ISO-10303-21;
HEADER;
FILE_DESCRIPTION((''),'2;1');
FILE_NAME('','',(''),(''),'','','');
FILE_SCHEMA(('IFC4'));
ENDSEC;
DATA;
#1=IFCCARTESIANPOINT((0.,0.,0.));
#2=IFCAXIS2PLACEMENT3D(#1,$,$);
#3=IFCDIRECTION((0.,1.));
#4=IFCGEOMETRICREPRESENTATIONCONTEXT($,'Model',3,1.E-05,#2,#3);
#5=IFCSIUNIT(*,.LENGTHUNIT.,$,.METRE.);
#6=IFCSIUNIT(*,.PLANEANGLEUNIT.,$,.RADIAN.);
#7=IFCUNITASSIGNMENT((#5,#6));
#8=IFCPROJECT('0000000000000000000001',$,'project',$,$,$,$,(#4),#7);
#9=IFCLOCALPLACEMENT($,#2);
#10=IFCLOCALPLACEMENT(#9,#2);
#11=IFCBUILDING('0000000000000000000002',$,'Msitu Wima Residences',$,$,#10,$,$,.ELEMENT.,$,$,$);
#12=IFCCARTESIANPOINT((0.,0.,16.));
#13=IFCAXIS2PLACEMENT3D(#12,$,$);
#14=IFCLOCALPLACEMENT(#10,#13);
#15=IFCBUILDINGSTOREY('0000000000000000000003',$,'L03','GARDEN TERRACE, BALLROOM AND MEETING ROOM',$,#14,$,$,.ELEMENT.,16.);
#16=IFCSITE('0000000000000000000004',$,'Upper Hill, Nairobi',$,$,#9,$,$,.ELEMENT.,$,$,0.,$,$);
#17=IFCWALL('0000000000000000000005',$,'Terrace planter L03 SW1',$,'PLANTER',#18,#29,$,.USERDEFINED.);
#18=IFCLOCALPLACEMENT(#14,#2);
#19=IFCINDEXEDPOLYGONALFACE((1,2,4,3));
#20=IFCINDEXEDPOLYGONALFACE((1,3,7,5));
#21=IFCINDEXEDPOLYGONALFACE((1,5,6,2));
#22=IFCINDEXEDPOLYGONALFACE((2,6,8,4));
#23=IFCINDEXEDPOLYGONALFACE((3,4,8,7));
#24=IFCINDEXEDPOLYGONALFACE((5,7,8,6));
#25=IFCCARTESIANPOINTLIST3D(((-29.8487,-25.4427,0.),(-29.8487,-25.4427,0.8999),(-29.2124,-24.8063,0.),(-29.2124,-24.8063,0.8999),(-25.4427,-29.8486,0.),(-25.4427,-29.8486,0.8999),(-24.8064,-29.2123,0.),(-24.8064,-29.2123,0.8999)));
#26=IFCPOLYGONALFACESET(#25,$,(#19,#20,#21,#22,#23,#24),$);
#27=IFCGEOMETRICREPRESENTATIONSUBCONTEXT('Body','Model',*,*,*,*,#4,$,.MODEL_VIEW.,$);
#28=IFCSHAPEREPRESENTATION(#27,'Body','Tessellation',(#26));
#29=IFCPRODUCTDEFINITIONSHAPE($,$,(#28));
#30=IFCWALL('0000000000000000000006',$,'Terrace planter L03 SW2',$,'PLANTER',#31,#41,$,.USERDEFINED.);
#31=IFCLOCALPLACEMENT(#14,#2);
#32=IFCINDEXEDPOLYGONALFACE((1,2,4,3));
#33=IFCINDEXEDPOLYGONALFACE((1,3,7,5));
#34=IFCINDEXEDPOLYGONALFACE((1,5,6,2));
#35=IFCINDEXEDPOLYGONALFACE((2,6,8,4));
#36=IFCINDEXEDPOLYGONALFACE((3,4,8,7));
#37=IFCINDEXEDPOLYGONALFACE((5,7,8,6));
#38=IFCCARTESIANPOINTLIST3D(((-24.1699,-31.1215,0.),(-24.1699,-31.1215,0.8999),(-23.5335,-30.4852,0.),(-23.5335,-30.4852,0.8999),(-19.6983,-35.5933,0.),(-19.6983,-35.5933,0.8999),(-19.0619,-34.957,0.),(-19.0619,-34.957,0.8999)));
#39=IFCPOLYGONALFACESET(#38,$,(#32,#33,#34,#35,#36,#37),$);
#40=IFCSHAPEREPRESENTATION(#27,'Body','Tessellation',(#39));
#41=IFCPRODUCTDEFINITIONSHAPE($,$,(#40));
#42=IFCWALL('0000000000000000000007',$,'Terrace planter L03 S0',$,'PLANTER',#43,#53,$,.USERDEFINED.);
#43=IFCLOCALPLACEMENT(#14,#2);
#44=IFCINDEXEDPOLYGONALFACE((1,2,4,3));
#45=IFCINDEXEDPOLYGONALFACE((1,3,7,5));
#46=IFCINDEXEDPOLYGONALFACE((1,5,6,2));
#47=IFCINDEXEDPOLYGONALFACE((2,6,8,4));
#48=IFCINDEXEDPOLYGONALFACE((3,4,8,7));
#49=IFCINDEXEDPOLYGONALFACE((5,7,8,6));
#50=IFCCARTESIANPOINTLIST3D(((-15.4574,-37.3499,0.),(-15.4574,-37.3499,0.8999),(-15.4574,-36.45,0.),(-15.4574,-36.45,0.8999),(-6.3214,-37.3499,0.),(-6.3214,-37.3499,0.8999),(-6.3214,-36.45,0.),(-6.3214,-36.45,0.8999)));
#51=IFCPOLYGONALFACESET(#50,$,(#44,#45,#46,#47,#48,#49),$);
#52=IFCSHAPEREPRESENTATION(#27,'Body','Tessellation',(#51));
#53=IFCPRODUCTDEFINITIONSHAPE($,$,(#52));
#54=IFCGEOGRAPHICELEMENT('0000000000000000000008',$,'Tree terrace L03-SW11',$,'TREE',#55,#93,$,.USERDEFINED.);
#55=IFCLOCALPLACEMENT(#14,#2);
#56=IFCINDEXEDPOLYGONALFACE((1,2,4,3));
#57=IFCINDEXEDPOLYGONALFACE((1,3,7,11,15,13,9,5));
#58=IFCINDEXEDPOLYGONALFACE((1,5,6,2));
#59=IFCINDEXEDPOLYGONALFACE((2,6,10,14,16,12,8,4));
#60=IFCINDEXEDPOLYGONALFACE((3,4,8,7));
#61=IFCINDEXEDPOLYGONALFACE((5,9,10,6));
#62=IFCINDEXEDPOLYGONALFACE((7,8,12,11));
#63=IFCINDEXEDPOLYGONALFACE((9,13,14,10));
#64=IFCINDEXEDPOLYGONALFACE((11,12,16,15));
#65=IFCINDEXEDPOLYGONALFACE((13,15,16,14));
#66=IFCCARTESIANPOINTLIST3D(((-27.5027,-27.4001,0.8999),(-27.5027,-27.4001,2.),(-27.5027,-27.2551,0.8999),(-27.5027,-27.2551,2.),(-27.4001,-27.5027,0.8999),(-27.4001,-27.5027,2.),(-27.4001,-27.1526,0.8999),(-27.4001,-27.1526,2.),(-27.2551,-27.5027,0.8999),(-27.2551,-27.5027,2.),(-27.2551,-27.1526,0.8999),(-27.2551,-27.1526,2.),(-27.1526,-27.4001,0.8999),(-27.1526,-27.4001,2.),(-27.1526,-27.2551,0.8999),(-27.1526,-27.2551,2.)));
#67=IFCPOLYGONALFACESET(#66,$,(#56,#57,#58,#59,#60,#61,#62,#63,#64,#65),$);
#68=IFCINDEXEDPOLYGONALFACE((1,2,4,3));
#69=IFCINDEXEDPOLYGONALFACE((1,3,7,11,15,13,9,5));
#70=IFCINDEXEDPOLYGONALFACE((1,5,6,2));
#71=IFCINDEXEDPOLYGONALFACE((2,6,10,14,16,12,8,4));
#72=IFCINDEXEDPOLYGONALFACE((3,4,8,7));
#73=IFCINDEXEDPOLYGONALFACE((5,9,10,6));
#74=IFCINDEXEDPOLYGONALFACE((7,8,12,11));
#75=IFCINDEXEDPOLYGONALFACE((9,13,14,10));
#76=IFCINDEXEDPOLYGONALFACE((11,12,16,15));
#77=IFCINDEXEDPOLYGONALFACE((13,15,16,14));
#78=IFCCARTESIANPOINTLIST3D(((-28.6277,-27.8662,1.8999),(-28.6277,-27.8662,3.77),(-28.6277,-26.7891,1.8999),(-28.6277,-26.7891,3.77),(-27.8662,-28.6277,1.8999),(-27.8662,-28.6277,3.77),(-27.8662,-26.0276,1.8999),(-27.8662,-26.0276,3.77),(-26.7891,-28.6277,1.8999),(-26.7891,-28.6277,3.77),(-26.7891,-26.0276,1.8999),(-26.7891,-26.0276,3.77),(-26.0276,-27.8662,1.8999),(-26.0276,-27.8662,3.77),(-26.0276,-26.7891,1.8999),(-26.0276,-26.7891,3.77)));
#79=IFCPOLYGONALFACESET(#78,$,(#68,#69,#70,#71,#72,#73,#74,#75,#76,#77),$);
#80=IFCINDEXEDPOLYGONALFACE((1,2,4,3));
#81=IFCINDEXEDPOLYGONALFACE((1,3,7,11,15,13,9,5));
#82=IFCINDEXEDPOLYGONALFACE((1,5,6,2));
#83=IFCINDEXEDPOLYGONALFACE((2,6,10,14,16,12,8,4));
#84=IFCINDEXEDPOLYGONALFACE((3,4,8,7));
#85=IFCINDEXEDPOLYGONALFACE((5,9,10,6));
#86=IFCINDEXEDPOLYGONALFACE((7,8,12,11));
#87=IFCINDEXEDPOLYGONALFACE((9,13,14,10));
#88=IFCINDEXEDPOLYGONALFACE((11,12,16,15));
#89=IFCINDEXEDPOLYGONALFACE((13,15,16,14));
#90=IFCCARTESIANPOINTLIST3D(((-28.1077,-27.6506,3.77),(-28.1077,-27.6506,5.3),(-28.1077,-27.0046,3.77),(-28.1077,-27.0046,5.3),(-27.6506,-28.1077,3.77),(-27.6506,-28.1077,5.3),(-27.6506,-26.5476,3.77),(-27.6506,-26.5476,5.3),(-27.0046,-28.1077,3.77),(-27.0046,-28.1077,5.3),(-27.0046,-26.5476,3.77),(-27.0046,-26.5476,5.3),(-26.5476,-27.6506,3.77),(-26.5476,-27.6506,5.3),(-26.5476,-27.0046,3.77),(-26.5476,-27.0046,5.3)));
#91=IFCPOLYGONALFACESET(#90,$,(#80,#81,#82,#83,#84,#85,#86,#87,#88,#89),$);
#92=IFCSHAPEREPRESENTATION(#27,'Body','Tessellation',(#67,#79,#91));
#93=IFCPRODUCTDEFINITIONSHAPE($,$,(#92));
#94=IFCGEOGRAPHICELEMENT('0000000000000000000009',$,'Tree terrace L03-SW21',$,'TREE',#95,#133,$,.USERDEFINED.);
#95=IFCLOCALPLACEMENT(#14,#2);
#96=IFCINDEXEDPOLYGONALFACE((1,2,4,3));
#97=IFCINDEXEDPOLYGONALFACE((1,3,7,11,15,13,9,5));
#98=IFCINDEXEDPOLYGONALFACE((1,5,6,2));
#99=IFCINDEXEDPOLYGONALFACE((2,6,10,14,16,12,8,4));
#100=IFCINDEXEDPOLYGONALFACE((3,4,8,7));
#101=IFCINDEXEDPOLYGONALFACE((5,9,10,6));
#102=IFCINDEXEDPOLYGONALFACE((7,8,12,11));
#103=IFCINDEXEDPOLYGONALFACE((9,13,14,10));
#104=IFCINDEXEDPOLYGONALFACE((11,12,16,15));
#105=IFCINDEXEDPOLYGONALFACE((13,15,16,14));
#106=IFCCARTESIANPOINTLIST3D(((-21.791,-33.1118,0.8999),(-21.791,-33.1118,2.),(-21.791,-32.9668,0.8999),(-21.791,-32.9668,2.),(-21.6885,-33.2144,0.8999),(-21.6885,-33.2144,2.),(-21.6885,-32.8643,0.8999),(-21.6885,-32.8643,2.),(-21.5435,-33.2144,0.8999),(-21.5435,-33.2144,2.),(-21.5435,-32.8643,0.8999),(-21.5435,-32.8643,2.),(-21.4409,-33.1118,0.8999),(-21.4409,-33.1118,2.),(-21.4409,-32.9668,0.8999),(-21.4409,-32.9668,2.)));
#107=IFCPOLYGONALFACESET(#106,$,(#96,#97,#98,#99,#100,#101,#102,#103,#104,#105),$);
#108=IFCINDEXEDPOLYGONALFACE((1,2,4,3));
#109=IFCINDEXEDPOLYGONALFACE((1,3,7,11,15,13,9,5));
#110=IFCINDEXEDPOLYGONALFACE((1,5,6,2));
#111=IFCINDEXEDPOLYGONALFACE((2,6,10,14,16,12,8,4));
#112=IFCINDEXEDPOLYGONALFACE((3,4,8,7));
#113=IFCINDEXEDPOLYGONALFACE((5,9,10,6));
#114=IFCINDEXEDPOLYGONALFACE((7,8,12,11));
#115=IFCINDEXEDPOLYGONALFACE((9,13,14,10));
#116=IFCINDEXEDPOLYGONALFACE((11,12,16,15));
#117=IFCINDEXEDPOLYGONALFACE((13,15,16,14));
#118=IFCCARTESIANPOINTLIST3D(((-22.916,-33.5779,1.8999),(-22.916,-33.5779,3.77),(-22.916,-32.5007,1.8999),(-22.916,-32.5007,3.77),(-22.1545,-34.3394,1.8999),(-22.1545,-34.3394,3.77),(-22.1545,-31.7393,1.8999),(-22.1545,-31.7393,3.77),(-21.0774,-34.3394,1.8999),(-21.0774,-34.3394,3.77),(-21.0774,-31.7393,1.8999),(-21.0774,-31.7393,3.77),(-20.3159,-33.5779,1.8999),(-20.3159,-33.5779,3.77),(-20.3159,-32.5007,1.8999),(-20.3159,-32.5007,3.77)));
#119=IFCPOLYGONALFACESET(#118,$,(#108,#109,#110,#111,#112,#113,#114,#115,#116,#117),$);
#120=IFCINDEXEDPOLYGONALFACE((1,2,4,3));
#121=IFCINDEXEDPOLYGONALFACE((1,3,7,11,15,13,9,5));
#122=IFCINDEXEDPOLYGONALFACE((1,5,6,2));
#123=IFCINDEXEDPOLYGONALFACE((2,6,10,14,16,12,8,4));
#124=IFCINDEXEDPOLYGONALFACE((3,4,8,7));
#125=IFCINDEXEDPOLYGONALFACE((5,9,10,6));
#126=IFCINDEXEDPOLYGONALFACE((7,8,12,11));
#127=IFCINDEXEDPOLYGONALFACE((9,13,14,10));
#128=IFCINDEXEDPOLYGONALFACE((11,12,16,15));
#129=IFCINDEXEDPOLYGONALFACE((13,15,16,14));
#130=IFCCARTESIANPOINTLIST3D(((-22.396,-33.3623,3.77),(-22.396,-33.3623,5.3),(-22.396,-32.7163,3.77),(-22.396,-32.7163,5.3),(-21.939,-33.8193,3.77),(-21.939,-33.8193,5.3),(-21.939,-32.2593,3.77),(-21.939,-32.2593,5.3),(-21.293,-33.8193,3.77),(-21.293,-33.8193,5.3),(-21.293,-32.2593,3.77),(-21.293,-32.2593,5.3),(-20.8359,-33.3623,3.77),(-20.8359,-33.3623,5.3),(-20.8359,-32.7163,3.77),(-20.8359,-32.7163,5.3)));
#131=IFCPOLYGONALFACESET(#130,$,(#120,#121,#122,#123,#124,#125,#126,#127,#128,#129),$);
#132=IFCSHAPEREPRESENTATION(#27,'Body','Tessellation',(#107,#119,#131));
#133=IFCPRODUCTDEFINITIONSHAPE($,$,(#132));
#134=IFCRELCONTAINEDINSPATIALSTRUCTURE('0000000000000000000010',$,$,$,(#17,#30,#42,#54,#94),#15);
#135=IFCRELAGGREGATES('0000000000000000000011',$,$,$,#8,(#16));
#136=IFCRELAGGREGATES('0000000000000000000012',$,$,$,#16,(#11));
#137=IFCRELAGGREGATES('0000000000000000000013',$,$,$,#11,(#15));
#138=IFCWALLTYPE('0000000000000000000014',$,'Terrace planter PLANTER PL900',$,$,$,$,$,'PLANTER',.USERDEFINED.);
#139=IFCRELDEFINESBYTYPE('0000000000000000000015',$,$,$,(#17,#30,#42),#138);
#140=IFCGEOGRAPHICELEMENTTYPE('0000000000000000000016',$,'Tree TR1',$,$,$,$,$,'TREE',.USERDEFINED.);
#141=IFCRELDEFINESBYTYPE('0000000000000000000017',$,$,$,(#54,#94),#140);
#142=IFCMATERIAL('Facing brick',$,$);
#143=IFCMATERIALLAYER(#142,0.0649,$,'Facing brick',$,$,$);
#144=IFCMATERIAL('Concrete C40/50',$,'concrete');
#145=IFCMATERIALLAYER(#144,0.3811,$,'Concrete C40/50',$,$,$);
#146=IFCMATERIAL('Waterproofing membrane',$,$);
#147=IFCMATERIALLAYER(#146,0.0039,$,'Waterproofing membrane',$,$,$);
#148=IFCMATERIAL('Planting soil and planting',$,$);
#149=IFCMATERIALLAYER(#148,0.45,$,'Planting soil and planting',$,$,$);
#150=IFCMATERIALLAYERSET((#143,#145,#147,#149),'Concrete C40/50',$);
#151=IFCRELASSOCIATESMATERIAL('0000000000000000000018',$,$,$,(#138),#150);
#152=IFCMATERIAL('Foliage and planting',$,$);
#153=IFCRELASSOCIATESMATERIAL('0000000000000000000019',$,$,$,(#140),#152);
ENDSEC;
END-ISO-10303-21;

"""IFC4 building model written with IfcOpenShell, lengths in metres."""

from ifc_helpers import new_model, si_unit, direction, frame, frame_2d, origin, place, context, subcontext, project, spatial, polyline, rectangle, outline, extrude, material, layer, layer_set, type_object, element, save


model = new_model("IFC4")

# Units and contexts
model_context = context("Model", 3, precision=1e-05, world=origin(), true_north=direction((0.0, 1.0)))
body_context = subcontext(model_context, "Body", "Model", "MODEL_VIEW")
ifc_project = project(units=[si_unit("LENGTHUNIT", "METRE"), si_unit("PLANEANGLEUNIT", "RADIAN")], contexts=[model_context])

# Site, building, storey
site_placement = place(None, origin())
site = spatial("IfcSite", under=ifc_project, at=site_placement, Name="Upper Hill, Nairobi", CompositionType="ELEMENT", RefElevation=0.0)
building_placement = place(site_placement, origin())
building = spatial("IfcBuilding", under=site, at=building_placement, Name="Msitu Wima Residences", CompositionType="ELEMENT")
storey_placement = place(building_placement, frame((0.0, 0.0, 16.0)))
storey = spatial("IfcBuildingStorey", under=building, at=storey_placement, Name="L03", Description="GARDEN TERRACE, BALLROOM AND MEETING ROOM", CompositionType="ELEMENT", Elevation=16.0)

# Walls
ifc_material_1 = material(Name="Facing brick")
ifc_layer_1 = layer(ifc_material_1, 0.0649, Name="Facing brick")
ifc_material_2 = material(Name="Concrete C40/50", Category="concrete")
ifc_layer_2 = layer(ifc_material_2, 0.3811, Name="Concrete C40/50")
ifc_material_3 = material(Name="Waterproofing membrane")
ifc_layer_3 = layer(ifc_material_3, 0.0039, Name="Waterproofing membrane")
ifc_material_4 = material(Name="Planting soil and planting")
ifc_layer_4 = layer(ifc_material_4, 0.45, Name="Planting soil and planting")
ifc_layer_set_1 = layer_set([ifc_layer_1, ifc_layer_2, ifc_layer_3, ifc_layer_4], Name="Concrete C40/50")
wall_type_1 = type_object("IfcWallType", Name="Terrace planter PLANTER PL900", ElementType="PLANTER", PredefinedType="USERDEFINED", material=ifc_layer_set_1)
wall_1_placement = place(storey_placement, frame((-29.5305, -25.1245, 0.0), z_axis=(0.0, 0.0, 1.0), x_axis=(0.707107, -0.707107, 0.0)))
element("IfcWall", 1, at=wall_1_placement, inside=storey, type_object=wall_type_1, Name="Terrace planter L03 SW1", ObjectType="PLANTER", PredefinedType="USERDEFINED", context=body_context, shape_type="SweptSolid", body=[
    extrude(rectangle(XDim=6.231, YDim=0.8999, at=frame_2d((3.1155, 0.0))), origin(), (0.0, 0.0, 1.0), 0.8999),
])
wall_2_placement = place(storey_placement, frame((-23.8518, -30.8032, 0.0), z_axis=(0.0, 0.0, 1.0), x_axis=(0.707087, -0.707126, 0.0)))
element("IfcWall", 2, at=wall_2_placement, inside=storey, type_object=wall_type_1, Name="Terrace planter L03 SW2", ObjectType="PLANTER", PredefinedType="USERDEFINED", context=body_context, shape_type="SweptSolid", body=[
    extrude(rectangle(XDim=6.324, YDim=0.8999, at=frame_2d((3.1621, 0.0))), origin(), (0.0, 0.0, 1.0), 0.8999),
])
wall_3_placement = place(storey_placement, frame((-15.4573, -36.8999, 0.0), z_axis=(0.0, 0.0, 1.0), x_axis=(1.0, 0.0, 0.0)))
element("IfcWall", 3, at=wall_3_placement, inside=storey, type_object=wall_type_1, Name="Terrace planter L03 S0", ObjectType="PLANTER", PredefinedType="USERDEFINED", context=body_context, shape_type="SweptSolid", body=[
    extrude(rectangle(XDim=9.136, YDim=0.8999, at=frame_2d((4.5679, 0.0))), origin(), (0.0, 0.0, 1.0), 0.8999),
])

# Geographic elements
ifc_material_5 = material(Name="Foliage and planting")
geographic_element_type = type_object("IfcGeographicElementType", Name="Tree TR1", ElementType="TREE", PredefinedType="USERDEFINED", material=ifc_material_5)
for number, where, z_axis, x_axis, name in (
    (4, (-27.3276, -27.3276, 0.8999), (0.0, 0.0, 1.0), (1.0, 0.0, 0.0), "Tree terrace L03-SW11"),
    (5, (-21.616, -33.0393, 0.8999), (0.0, 0.0, 1.0), (1.0, 0.0, 0.0), "Tree terrace L03-SW21"),
):
    element("IfcGeographicElement", number, at=place(storey_placement, frame(where, z_axis=z_axis, x_axis=x_axis)), inside=storey, type_object=geographic_element_type, Name=name, ObjectType="TREE", PredefinedType="USERDEFINED", context=body_context, shape_type="SweptSolid", body=[
        extrude(outline(polyline([(0.175, 0.0725), (0.0725, 0.175), (-0.0725, 0.175), (-0.175, 0.0725), (-0.175, -0.0725), (-0.0725, -0.175), (0.0725, -0.175), (0.175, -0.0725), (0.175, 0.0725)])), origin(), (0.0, 0.0, 1.0), 1.1001),
        extrude(outline(polyline([(1.3, 0.5386), (0.5386, 1.3), (-0.5386, 1.3), (-1.3, 0.5386), (-1.3, -0.5386), (-0.5386, -1.3), (0.5386, -1.3), (1.3, -0.5386), (1.3, 0.5386)])), frame((0.0, 0.0, 1.0)), (0.0, 0.0, 1.0), 1.8701),
        extrude(outline(polyline([(0.78, 0.323), (0.323, 0.78), (-0.323, 0.78), (-0.78, 0.323), (-0.78, -0.323), (-0.323, -0.78), (0.323, -0.78), (0.78, -0.323), (0.78, 0.323)])), frame((0.0, 0.0, 2.8701)), (0.0, 0.0, 1.0), 1.53),
    ])

save(model, "model.ifc")
